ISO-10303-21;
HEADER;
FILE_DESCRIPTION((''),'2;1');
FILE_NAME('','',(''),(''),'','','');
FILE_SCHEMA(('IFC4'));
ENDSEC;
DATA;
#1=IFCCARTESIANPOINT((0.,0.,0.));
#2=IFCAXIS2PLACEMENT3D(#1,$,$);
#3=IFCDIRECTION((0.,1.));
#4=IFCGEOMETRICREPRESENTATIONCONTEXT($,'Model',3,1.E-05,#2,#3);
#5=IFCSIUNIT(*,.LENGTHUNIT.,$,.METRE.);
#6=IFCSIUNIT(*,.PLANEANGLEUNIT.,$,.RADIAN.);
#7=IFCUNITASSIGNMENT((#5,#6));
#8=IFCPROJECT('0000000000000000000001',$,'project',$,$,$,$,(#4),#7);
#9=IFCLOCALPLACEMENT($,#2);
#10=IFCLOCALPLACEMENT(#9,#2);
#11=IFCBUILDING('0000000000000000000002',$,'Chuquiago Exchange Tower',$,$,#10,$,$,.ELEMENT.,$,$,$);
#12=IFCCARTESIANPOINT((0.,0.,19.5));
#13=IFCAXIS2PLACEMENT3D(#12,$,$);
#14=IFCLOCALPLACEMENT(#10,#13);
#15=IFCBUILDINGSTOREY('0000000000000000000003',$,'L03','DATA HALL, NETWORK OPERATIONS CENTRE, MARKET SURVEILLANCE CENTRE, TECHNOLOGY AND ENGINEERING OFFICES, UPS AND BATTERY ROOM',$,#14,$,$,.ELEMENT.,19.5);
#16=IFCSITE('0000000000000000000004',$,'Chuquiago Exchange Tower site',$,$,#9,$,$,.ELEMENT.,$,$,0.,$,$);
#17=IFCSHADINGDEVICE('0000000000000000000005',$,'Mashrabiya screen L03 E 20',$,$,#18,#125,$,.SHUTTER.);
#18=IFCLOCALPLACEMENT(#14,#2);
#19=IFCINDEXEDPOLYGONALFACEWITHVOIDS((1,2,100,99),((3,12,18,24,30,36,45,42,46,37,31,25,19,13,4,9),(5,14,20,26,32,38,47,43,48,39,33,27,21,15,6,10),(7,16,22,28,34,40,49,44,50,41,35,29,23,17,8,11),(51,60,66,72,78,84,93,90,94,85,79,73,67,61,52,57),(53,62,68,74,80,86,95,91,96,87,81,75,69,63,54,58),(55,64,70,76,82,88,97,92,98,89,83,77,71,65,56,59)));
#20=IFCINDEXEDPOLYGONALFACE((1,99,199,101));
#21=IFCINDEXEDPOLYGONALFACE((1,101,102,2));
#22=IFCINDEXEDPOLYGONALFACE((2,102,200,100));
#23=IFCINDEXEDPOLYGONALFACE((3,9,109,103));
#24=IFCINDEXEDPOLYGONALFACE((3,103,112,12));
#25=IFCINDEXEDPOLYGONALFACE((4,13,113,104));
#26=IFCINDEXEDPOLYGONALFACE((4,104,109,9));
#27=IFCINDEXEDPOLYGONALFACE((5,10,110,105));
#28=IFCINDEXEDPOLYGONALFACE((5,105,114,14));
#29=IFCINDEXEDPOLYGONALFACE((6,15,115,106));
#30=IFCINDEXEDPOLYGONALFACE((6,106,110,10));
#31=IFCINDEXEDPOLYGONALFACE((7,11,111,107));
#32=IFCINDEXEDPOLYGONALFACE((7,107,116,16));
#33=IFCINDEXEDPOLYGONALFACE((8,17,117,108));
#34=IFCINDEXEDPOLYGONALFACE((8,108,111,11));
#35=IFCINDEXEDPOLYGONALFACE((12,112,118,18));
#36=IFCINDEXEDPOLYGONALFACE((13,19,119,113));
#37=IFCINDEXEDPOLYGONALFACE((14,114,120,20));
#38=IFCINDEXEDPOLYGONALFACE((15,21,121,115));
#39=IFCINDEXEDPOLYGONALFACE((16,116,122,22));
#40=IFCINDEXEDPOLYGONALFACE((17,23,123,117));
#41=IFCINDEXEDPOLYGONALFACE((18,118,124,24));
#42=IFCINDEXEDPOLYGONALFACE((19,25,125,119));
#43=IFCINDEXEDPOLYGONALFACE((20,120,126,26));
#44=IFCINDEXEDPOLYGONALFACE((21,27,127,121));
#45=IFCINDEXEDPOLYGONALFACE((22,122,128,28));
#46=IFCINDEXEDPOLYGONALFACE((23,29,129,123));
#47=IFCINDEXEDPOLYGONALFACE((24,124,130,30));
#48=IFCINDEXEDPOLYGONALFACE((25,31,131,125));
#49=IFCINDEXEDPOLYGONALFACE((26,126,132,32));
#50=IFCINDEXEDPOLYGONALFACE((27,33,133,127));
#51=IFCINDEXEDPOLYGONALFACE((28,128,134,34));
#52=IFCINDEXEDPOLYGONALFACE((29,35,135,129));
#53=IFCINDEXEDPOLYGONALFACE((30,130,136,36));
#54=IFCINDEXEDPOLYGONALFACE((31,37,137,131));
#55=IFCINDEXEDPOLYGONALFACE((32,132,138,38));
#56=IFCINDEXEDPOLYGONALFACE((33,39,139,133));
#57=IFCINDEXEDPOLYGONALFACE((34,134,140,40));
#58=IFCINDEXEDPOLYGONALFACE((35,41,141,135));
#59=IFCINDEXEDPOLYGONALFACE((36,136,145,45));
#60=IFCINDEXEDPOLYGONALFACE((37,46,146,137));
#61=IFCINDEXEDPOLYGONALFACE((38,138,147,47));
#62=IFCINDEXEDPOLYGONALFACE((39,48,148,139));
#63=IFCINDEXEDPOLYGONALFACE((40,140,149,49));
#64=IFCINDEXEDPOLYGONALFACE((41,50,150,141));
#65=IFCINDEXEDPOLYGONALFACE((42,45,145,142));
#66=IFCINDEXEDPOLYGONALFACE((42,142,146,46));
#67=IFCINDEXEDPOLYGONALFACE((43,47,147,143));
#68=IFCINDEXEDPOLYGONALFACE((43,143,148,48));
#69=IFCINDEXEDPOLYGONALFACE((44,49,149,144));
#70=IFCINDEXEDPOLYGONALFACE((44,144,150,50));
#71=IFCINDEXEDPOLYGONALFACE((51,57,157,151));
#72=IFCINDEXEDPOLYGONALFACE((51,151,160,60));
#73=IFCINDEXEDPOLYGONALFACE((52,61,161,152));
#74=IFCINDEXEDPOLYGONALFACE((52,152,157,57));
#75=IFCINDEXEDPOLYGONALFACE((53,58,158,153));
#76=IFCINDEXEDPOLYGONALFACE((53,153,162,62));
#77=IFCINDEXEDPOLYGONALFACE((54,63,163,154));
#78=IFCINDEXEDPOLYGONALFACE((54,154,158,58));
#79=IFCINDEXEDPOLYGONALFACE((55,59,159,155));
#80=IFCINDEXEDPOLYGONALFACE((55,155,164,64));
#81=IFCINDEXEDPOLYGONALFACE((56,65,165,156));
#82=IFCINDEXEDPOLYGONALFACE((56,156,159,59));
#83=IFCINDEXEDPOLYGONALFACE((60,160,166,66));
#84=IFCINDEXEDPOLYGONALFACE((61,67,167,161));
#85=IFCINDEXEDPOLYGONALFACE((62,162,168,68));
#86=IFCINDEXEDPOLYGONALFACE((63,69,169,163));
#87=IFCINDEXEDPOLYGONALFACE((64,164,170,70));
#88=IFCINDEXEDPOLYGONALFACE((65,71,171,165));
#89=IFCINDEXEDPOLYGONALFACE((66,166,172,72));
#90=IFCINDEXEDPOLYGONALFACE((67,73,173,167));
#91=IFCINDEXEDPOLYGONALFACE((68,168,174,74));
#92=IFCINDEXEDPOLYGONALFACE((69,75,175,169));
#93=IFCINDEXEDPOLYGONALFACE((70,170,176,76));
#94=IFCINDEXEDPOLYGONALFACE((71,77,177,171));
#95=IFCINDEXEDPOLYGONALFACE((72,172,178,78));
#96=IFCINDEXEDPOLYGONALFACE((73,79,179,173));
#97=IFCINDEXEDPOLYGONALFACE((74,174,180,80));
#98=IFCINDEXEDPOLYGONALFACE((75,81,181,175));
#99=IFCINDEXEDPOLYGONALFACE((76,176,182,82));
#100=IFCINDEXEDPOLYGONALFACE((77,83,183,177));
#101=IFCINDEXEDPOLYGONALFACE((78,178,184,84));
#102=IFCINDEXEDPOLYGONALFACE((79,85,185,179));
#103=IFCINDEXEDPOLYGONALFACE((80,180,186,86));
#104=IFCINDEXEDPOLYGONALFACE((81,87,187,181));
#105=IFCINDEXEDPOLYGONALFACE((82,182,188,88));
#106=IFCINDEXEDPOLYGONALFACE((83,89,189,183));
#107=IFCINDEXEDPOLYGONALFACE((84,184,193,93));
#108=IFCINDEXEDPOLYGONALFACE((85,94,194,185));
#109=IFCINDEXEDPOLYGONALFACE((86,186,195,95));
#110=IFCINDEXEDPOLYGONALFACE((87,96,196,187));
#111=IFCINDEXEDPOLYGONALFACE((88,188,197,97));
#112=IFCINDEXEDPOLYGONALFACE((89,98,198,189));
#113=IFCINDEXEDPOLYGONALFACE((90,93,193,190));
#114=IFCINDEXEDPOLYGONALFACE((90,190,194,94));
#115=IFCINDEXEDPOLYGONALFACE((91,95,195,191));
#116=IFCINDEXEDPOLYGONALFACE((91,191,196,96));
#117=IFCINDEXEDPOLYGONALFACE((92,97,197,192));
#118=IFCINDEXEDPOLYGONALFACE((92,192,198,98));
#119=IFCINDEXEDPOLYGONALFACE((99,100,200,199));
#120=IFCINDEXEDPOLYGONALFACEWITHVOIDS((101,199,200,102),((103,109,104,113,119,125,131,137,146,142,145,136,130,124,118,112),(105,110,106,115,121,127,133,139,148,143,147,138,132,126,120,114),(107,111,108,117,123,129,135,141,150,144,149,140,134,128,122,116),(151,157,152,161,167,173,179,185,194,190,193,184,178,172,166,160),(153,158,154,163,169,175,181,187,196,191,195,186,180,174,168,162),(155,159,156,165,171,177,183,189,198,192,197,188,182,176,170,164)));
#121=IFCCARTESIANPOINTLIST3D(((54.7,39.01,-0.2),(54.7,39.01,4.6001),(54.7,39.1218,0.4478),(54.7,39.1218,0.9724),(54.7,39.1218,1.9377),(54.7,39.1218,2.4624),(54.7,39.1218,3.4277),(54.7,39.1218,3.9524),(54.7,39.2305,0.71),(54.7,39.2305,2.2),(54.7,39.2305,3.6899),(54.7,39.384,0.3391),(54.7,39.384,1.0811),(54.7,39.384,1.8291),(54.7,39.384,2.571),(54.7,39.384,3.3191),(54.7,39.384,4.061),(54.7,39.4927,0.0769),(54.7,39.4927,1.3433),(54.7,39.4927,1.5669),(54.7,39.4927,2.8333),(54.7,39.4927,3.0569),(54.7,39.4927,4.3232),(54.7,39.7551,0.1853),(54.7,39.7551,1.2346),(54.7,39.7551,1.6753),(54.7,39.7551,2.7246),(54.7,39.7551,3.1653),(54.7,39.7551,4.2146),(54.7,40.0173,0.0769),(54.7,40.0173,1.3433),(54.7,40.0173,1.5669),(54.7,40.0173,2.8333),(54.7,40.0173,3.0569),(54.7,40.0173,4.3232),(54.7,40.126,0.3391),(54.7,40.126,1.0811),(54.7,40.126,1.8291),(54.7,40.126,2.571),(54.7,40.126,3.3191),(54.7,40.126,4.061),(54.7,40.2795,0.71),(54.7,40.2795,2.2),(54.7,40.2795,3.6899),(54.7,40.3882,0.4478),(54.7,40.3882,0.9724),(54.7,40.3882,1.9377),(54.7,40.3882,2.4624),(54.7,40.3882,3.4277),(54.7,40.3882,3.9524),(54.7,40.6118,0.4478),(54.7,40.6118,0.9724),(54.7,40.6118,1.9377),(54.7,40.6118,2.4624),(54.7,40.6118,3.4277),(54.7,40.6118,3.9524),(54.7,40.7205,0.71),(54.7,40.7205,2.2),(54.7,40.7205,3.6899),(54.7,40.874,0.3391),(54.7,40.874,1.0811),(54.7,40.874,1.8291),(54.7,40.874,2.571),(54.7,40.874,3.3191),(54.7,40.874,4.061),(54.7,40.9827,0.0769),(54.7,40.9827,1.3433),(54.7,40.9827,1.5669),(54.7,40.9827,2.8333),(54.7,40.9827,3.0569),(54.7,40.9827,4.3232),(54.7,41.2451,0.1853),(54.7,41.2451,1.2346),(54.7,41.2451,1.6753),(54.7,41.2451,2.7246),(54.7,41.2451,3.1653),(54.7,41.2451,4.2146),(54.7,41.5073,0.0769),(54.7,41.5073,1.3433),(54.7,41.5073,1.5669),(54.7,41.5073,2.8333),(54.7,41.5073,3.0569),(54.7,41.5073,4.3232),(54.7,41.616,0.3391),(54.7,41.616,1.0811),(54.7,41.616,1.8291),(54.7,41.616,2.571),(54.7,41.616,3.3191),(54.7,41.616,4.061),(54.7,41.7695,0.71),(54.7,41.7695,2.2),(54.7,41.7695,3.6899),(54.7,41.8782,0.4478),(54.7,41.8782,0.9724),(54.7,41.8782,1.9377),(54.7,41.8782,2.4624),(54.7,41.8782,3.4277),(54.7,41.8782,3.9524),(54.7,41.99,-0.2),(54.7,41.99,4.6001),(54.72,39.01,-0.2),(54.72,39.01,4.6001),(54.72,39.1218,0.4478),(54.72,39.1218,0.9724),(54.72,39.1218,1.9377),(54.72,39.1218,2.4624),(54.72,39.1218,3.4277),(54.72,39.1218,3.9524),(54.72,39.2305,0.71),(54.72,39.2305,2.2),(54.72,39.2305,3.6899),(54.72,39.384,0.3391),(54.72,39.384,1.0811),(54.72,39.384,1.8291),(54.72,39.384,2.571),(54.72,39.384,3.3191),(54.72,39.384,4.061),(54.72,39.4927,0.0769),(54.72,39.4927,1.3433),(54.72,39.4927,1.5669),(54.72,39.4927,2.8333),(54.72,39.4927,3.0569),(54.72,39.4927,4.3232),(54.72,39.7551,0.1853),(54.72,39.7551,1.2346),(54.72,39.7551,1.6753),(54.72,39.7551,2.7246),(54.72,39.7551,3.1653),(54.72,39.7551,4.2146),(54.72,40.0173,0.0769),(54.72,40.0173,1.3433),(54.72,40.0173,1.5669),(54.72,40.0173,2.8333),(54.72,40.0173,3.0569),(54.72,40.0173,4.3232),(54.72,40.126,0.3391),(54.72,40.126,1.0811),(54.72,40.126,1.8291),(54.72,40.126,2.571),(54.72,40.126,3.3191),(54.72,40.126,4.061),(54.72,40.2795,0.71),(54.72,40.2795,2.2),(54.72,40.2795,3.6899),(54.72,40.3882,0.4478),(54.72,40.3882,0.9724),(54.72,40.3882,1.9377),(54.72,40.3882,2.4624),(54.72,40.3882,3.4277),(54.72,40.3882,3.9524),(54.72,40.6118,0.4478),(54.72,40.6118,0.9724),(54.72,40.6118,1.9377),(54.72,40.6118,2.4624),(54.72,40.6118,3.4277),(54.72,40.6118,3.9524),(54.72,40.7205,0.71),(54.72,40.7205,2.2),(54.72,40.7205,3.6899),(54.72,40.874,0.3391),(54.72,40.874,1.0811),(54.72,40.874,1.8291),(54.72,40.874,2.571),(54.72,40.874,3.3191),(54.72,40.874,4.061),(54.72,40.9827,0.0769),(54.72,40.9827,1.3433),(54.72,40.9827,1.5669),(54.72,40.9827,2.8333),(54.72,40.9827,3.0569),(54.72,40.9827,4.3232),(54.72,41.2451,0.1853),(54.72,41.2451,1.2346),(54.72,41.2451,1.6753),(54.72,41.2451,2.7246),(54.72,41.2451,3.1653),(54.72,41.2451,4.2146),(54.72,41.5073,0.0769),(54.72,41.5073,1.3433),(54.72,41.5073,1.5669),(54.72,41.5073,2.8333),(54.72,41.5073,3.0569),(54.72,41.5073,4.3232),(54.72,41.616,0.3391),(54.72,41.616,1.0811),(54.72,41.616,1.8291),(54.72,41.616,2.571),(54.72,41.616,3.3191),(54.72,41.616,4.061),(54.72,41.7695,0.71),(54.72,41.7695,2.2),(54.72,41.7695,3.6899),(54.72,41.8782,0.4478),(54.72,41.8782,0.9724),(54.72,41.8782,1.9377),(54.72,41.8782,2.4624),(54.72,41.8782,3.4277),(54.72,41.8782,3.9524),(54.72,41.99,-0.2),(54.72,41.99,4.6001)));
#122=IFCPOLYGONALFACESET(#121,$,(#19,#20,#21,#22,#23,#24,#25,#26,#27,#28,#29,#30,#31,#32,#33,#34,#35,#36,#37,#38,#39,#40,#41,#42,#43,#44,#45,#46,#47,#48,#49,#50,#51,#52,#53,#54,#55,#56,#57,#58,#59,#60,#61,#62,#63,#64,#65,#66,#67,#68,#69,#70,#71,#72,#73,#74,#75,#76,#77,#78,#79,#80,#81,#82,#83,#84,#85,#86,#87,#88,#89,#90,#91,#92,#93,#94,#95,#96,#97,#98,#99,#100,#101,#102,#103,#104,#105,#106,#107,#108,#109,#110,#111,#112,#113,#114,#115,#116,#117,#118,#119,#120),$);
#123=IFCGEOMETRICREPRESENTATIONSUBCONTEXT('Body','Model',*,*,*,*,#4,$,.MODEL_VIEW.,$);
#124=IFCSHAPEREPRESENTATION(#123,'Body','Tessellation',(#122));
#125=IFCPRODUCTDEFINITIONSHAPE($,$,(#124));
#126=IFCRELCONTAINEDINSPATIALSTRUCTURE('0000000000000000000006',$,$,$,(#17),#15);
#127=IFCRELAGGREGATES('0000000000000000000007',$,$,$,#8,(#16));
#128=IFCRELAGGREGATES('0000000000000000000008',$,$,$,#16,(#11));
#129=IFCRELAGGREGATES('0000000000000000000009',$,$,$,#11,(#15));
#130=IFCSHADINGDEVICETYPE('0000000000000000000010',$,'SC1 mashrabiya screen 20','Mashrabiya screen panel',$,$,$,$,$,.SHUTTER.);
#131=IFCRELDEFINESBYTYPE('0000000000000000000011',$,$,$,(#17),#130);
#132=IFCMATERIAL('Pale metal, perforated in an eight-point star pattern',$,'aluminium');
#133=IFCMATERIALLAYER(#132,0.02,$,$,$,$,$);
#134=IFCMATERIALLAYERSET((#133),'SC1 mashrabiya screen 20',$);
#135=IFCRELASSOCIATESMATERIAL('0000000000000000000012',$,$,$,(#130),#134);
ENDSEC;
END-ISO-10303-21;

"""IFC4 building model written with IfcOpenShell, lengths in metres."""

from ifc_helpers import new_model, si_unit, direction, frame, origin, place, context, subcontext, project, spatial, polyline, outline, extrude, material, layer, layer_set, type_object, element, save


model = new_model("IFC4")

# Units and contexts
model_context = context("Model", 3, precision=1e-05, world=origin(), true_north=direction((0.0, 1.0)))
body_context = subcontext(model_context, "Body", "Model", "MODEL_VIEW")
ifc_project = project(units=[si_unit("LENGTHUNIT", "METRE"), si_unit("PLANEANGLEUNIT", "RADIAN")], contexts=[model_context])

# Site, building, storey
site_placement = place(None, origin())
site = spatial("IfcSite", under=ifc_project, at=site_placement, Name="Chuquiago Exchange Tower site", CompositionType="ELEMENT", RefElevation=0.0)
building_placement = place(site_placement, origin())
building = spatial("IfcBuilding", under=site, at=building_placement, Name="Chuquiago Exchange Tower", CompositionType="ELEMENT")
storey_placement = place(building_placement, frame((0.0, 0.0, 19.5)))
storey = spatial("IfcBuildingStorey", under=building, at=storey_placement, Name="L03", Description="DATA HALL, NETWORK OPERATIONS CENTRE, MARKET SURVEILLANCE CENTRE, TECHNOLOGY AND ENGINEERING OFFICES, UPS AND BATTERY ROOM", CompositionType="ELEMENT", Elevation=19.5)

# Shading device
ifc_material_1 = material(Name="Pale metal, perforated in an eight-point star pattern", Category="aluminium")
ifc_layer_1 = layer(ifc_material_1, 0.02)
ifc_layer_set_1 = layer_set([ifc_layer_1], Name="SC1 mashrabiya screen 20")
shading_device_type = type_object("IfcShadingDeviceType", Name="SC1 mashrabiya screen 20", Description="Mashrabiya screen panel", PredefinedType="SHUTTER", material=ifc_layer_set_1)
shading_device_1_placement = place(storey_placement, frame((54.7, 39.01, -0.2), z_axis=(0.0, 0.0, 1.0), x_axis=(0.0, 1.0, 0.0)))
element("IfcShadingDevice", 1, at=shading_device_1_placement, inside=storey, type_object=shading_device_type, Name="Mashrabiya screen L03 E 20", PredefinedType="SHUTTER", context=body_context, shape_type="SweptSolid", body=[
    extrude(outline(polyline([(0.0, 0.0), (2.98, 0.0), (2.98, 4.8), (0.0, 4.8), (0.0, 0.0)]), holes=[polyline([(1.2695, 0.9099), (1.3782, 1.1724), (1.116, 1.281), (1.0073, 1.5432), (0.7451, 1.4346), (0.4827, 1.5432), (0.374, 1.281), (0.1118, 1.1724), (0.2205, 0.9099), (0.1118, 0.6477), (0.374, 0.5391), (0.4827, 0.2769), (0.7451, 0.3853), (1.0073, 0.2769), (1.116, 0.5391), (1.3782, 0.6477), (1.2695, 0.9099)]), polyline([(2.7595, 0.9099), (2.8682, 1.1724), (2.606, 1.281), (2.4973, 1.5432), (2.2351, 1.4346), (1.9727, 1.5432), (1.864, 1.281), (1.6018, 1.1724), (1.7104, 0.9099), (1.6018, 0.6477), (1.864, 0.5391), (1.9727, 0.2769), (2.2351, 0.3853), (2.4973, 0.2769), (2.606, 0.5391), (2.8682, 0.6477), (2.7595, 0.9099)]), polyline([(1.2695, 2.3999), (1.3782, 2.6624), (1.116, 2.771), (1.0073, 3.0332), (0.7451, 2.9246), (0.4827, 3.0332), (0.374, 2.771), (0.1118, 2.6624), (0.2205, 2.3999), (0.1118, 2.1377), (0.374, 2.0291), (0.4827, 1.7668), (0.7451, 1.8752), (1.0073, 1.7668), (1.116, 2.0291), (1.3782, 2.1377), (1.2695, 2.3999)]), polyline([(2.7595, 2.3999), (2.8682, 2.6624), (2.606, 2.771), (2.4973, 3.0332), (2.2351, 2.9246), (1.9727, 3.0332), (1.864, 2.771), (1.6018, 2.6624), (1.7104, 2.3999), (1.6018, 2.1377), (1.864, 2.0291), (1.9727, 1.7668), (2.2351, 1.8752), (2.4973, 1.7668), (2.606, 2.0291), (2.8682, 2.1377), (2.7595, 2.3999)]), polyline([(1.2695, 3.8899), (1.3782, 4.1523), (1.116, 4.261), (1.0073, 4.5232), (0.7451, 4.4146), (0.4827, 4.5232), (0.374, 4.261), (0.1118, 4.1523), (0.2205, 3.8899), (0.1118, 3.6277), (0.374, 3.519), (0.4827, 3.2568), (0.7451, 3.3652), (1.0073, 3.2568), (1.116, 3.519), (1.3782, 3.6277), (1.2695, 3.8899)]), polyline([(2.7595, 3.8899), (2.8682, 4.1523), (2.606, 4.261), (2.4973, 4.5232), (2.2351, 4.4146), (1.9727, 4.5232), (1.864, 4.261), (1.6018, 4.1523), (1.7104, 3.8899), (1.6018, 3.6277), (1.864, 3.519), (1.9727, 3.2568), (2.2351, 3.3652), (2.4973, 3.2568), (2.606, 3.519), (2.8682, 3.6277), (2.7595, 3.8899)])]), frame((0.0, 0.0, 0.0), z_axis=(0.0, -1.0, 0.0), x_axis=(1.0, 0.0, 0.0)), (0.0, 0.0, 1.0), 0.02),
])

save(model, "model.ifc")
